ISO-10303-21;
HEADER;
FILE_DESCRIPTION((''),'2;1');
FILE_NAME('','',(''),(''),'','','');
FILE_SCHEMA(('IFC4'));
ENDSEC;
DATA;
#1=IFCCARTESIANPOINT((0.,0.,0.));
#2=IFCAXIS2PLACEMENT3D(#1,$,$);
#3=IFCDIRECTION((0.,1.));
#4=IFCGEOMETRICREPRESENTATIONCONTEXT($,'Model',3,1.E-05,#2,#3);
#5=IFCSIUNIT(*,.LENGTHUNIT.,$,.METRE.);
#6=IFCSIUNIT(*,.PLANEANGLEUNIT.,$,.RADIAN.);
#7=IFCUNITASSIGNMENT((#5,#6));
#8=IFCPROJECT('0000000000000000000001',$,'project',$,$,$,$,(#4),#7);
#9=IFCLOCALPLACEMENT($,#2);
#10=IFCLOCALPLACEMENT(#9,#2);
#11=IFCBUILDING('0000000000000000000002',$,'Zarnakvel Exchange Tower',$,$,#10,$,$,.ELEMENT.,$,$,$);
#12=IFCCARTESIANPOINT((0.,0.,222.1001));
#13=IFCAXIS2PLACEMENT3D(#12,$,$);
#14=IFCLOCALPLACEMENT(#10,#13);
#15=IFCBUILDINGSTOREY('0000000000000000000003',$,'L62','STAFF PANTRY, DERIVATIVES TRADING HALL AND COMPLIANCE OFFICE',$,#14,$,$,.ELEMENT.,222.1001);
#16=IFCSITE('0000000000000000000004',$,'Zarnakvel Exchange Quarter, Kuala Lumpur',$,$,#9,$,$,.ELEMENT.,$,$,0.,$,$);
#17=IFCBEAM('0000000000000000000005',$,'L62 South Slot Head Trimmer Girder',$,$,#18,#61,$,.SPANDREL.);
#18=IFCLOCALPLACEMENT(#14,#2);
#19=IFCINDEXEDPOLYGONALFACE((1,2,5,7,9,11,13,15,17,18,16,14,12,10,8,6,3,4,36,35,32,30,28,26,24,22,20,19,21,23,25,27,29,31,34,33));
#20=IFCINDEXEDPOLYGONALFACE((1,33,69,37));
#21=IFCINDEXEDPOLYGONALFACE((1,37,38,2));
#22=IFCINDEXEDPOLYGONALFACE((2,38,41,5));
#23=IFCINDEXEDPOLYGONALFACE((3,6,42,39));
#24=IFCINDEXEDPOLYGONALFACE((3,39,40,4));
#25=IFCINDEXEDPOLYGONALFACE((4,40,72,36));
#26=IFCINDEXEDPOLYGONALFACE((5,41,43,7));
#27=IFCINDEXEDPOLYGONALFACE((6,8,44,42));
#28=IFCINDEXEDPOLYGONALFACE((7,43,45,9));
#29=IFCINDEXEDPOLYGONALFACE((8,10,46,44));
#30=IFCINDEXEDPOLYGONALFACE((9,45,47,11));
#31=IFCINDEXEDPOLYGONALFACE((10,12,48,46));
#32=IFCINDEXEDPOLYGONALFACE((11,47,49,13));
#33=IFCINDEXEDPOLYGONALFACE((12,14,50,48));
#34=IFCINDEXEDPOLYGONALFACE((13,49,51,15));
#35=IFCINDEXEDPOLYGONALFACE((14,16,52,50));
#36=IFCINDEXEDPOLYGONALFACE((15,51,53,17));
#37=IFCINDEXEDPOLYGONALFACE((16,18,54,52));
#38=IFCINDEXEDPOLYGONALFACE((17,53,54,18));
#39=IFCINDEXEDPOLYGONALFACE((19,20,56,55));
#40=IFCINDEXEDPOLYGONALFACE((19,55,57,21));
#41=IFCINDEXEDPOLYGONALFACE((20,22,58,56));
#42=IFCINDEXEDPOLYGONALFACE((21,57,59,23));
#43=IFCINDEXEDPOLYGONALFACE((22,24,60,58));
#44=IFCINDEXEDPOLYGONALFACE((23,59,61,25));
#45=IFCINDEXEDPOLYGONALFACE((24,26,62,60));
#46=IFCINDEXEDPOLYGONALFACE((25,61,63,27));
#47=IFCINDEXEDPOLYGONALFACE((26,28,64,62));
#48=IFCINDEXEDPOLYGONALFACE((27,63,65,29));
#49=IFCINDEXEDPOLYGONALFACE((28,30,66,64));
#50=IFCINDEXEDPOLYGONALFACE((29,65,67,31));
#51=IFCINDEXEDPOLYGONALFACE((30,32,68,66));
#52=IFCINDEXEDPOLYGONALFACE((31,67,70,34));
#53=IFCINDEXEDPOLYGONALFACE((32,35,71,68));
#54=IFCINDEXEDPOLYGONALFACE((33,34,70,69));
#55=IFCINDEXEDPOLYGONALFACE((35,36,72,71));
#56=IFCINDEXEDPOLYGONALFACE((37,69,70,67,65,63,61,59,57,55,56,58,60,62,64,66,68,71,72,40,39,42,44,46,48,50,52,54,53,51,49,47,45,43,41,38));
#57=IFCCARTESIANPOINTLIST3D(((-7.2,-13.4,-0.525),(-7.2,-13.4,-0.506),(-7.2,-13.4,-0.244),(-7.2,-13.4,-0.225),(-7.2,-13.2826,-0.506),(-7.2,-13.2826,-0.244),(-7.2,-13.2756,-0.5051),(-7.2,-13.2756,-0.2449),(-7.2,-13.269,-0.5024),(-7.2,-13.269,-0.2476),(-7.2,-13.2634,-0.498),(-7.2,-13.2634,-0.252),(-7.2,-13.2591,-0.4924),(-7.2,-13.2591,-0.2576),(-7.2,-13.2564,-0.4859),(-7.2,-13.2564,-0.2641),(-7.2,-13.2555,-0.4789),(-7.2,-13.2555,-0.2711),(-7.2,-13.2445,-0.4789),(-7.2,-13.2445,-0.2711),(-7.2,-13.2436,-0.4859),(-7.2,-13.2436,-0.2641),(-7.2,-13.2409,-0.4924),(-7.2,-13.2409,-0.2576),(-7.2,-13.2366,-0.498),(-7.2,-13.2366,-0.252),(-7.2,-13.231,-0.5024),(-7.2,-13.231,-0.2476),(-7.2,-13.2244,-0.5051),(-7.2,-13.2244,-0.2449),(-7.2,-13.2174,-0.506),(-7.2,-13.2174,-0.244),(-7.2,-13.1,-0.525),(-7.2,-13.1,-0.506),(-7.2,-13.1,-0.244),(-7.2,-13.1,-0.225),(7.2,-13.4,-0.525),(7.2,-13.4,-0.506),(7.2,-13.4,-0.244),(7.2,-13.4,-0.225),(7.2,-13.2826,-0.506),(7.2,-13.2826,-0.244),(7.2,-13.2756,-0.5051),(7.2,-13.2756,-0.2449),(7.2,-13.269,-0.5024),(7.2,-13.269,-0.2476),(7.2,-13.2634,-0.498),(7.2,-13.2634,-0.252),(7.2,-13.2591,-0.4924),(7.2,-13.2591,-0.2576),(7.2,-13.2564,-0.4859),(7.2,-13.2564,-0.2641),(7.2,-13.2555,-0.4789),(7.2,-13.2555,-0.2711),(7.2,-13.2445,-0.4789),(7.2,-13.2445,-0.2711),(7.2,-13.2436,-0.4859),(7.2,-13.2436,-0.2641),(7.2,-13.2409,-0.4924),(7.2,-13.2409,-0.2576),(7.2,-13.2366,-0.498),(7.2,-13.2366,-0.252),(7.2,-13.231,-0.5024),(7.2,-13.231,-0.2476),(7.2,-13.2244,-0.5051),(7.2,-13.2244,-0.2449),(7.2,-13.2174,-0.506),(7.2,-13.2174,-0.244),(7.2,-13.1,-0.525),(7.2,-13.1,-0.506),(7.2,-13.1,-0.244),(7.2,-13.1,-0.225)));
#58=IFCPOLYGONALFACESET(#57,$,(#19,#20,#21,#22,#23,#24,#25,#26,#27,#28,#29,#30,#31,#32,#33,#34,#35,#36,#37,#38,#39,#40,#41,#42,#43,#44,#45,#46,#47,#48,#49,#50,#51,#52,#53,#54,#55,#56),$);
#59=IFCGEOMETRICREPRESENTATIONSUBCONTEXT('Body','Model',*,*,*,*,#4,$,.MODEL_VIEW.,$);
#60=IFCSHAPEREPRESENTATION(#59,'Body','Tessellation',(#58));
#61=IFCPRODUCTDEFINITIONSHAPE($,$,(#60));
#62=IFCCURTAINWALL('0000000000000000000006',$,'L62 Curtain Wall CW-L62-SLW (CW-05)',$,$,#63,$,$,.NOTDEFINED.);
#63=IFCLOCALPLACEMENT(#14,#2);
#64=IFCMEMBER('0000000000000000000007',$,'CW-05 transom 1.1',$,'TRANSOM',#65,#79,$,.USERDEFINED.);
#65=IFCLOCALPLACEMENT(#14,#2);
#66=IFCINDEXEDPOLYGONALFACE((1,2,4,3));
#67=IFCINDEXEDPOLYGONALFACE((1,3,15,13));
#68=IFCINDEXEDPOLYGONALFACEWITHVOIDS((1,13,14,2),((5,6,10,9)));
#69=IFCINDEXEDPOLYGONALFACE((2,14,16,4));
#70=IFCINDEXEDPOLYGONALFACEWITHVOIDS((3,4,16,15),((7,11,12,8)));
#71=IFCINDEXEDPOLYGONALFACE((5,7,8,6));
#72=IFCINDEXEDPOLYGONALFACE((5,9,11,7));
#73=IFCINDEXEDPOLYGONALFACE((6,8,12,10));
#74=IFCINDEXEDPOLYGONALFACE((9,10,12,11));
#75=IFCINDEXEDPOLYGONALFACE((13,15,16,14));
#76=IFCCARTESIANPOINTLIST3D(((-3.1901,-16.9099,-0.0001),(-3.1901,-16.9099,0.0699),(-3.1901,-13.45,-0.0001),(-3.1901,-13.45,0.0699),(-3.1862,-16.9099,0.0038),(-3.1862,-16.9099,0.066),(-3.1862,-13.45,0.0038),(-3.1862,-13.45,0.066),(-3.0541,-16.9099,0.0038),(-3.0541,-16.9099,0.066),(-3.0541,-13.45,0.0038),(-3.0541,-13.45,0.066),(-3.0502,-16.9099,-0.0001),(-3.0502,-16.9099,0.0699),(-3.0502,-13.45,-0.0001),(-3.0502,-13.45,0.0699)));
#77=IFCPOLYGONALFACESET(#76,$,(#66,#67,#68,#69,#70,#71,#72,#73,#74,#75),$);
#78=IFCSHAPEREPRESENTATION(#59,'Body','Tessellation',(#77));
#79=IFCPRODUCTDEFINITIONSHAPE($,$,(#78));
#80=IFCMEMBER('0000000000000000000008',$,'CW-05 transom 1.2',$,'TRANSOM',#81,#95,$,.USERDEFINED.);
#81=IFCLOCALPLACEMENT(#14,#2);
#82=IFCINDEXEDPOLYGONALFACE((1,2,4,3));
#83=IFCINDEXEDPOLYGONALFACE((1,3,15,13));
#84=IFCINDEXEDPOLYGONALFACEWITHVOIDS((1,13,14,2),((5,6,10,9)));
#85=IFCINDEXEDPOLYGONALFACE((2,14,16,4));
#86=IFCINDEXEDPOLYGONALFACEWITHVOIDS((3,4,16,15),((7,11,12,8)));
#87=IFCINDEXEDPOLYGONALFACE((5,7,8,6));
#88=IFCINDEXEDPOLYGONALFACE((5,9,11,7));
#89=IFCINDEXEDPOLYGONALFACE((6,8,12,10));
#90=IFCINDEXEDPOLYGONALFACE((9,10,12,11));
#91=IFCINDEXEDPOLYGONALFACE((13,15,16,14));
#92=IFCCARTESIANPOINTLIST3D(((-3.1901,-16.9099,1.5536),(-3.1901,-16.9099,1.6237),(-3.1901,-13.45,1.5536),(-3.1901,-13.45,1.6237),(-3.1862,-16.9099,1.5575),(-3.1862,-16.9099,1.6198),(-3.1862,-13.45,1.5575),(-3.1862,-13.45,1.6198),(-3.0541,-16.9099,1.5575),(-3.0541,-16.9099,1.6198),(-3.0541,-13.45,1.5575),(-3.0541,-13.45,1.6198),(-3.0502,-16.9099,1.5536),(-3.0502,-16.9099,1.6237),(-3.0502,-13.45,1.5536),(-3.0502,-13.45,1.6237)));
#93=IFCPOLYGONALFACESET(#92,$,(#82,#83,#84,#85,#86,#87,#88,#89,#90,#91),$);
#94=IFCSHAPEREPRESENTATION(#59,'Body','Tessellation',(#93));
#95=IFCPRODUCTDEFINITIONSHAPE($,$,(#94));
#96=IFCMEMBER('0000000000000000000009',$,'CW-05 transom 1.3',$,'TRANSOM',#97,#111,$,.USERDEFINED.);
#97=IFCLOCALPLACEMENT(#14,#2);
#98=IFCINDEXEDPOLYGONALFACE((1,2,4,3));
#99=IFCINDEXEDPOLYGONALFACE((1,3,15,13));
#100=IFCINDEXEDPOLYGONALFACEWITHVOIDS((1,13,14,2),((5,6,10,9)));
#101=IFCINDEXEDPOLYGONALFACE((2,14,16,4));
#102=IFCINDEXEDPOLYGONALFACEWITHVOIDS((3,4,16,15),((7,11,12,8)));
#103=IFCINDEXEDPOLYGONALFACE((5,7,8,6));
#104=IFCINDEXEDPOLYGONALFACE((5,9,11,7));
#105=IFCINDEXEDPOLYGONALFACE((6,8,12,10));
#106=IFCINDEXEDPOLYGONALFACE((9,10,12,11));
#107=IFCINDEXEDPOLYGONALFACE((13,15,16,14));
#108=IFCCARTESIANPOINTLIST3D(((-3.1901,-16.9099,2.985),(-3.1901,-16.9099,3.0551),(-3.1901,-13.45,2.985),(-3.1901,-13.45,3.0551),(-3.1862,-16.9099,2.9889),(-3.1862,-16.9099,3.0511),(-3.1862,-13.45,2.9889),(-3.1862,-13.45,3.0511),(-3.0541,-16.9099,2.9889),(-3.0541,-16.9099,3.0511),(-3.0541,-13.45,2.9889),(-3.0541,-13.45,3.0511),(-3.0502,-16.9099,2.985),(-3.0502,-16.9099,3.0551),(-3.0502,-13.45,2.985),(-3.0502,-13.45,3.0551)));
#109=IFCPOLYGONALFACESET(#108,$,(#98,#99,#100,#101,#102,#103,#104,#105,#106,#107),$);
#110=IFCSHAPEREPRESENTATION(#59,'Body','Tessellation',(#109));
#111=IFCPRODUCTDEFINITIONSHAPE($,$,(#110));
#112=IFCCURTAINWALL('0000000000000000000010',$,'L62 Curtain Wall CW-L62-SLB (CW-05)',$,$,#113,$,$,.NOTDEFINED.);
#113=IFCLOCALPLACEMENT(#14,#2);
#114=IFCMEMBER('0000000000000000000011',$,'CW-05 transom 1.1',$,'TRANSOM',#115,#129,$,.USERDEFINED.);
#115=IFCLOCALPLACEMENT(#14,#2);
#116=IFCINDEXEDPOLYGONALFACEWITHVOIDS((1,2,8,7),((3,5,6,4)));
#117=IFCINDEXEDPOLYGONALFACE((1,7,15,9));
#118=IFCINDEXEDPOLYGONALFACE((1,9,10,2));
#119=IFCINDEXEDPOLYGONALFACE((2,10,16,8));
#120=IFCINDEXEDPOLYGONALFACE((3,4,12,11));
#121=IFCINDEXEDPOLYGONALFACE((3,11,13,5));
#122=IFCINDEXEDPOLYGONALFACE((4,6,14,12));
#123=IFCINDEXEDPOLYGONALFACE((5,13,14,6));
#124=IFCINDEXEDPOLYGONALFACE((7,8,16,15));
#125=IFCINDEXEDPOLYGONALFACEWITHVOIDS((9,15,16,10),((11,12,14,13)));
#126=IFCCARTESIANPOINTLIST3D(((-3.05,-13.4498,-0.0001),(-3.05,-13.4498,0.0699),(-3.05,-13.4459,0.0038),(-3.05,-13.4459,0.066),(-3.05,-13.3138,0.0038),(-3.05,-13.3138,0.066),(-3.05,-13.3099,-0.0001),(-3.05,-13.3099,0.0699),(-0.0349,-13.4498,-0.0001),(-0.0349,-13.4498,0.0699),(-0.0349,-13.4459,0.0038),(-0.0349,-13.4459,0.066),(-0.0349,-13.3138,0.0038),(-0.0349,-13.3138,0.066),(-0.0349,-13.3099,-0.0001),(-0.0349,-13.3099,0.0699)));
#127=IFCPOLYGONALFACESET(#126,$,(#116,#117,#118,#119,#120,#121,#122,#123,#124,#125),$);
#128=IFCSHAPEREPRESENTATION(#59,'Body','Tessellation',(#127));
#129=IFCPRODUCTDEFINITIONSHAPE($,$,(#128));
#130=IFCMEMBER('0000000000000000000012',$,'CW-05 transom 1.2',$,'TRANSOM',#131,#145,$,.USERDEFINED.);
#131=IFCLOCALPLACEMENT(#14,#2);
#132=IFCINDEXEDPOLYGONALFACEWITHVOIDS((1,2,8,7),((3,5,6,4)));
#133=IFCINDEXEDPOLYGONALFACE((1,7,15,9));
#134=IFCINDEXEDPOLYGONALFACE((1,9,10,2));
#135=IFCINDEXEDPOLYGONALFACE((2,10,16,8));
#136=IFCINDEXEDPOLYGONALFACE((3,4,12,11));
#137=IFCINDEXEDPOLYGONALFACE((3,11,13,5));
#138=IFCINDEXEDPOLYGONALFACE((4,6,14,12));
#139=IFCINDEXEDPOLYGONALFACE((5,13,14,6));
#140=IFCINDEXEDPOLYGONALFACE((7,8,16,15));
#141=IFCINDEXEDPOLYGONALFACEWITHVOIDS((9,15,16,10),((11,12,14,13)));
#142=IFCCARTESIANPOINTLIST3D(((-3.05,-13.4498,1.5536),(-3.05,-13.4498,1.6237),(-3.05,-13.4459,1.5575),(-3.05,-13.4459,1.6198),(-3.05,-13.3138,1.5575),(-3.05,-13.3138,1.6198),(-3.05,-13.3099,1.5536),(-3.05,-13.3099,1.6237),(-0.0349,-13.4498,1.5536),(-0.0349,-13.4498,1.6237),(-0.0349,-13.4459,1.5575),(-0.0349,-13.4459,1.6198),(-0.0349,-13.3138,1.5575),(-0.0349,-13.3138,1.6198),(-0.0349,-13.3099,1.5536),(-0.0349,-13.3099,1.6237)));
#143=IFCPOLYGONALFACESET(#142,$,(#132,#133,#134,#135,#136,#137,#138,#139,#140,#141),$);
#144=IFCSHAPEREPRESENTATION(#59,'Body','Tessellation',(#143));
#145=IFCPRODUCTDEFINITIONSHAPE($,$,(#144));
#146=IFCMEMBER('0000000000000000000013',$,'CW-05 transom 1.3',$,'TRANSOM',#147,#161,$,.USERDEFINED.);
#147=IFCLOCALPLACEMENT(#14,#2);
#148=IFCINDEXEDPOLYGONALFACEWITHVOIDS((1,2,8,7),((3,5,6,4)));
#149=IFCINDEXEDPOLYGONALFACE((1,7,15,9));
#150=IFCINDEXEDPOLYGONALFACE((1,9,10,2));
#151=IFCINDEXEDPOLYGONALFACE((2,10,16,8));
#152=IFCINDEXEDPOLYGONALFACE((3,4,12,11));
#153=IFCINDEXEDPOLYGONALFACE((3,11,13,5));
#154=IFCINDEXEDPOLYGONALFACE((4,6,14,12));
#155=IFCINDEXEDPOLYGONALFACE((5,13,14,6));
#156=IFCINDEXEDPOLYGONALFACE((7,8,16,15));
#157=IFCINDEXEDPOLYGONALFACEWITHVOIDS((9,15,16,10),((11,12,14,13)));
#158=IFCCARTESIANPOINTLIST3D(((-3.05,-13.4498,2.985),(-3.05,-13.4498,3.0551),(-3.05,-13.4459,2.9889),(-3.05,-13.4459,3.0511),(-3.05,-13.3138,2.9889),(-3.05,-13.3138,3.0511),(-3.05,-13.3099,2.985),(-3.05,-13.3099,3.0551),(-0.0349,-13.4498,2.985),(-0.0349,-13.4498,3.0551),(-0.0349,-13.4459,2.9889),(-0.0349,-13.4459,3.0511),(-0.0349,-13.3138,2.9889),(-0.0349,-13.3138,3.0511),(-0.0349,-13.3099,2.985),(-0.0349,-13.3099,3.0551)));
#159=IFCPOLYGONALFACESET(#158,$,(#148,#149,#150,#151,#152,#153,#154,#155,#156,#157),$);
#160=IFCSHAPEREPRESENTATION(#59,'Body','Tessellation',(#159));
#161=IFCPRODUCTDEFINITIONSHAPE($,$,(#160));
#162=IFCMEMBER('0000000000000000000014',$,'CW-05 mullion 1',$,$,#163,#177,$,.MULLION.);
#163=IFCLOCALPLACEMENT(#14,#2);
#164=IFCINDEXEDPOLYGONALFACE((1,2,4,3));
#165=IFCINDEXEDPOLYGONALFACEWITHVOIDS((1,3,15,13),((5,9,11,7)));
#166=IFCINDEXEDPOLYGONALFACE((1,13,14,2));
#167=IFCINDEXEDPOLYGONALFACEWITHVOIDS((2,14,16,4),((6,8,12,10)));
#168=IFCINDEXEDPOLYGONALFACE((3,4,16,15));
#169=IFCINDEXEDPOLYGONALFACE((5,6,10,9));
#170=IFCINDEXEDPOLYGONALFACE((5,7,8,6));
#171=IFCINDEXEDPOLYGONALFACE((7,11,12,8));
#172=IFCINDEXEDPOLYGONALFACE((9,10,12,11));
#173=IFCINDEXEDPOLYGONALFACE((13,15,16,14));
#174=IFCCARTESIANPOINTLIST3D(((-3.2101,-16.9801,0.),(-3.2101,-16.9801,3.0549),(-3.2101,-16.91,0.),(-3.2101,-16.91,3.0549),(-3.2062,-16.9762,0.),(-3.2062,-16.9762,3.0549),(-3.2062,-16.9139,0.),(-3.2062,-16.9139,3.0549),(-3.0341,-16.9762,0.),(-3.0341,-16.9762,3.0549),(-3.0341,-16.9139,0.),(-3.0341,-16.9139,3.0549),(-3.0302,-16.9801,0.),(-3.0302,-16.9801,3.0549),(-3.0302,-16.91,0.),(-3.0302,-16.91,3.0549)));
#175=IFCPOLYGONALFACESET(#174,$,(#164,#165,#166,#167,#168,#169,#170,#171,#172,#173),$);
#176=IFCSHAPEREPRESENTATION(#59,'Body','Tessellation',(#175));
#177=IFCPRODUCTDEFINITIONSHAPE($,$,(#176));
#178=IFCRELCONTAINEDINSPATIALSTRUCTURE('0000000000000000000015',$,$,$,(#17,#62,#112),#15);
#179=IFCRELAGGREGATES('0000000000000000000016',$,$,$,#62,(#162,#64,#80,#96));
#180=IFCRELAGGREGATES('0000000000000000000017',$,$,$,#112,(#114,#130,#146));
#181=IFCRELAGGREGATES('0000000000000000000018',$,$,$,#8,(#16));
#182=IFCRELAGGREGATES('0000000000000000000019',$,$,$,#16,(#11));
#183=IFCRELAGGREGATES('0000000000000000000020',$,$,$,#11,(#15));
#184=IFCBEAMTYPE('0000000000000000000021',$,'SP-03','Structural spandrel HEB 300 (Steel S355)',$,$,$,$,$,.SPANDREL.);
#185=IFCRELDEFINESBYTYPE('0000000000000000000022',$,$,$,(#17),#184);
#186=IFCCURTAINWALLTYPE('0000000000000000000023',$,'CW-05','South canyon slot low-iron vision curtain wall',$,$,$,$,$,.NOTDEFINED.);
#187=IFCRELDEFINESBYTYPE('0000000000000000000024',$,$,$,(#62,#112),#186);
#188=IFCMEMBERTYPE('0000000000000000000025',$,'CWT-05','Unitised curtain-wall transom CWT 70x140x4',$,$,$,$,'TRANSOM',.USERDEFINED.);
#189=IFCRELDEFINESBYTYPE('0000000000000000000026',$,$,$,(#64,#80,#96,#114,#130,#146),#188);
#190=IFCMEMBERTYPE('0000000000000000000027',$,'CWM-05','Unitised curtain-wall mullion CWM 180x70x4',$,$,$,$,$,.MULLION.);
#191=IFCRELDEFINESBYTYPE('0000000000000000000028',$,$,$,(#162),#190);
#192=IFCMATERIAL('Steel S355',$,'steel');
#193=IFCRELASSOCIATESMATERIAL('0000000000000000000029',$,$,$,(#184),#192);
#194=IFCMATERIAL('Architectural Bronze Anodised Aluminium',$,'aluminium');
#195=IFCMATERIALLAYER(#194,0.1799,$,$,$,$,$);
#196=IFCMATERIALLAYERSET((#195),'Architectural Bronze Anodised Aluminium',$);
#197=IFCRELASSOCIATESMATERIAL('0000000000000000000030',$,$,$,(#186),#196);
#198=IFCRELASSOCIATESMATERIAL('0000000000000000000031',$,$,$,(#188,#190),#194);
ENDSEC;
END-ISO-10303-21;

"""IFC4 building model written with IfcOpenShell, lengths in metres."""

from ifc_helpers import new_model, si_unit, direction, frame, origin, origin_2d, place, context, subcontext, project, spatial, hollow_rectangle, i_section, extrude, source, transform, mapped, material, layer, layer_set, material_profile, profile_set, type_object, element, aggregate, save


model = new_model("IFC4")

# Units and contexts
model_context = context("Model", 3, precision=1e-05, world=origin(), true_north=direction((0.0, 1.0)))
body_context = subcontext(model_context, "Body", "Model", "MODEL_VIEW")
ifc_project = project(units=[si_unit("LENGTHUNIT", "METRE"), si_unit("PLANEANGLEUNIT", "RADIAN")], contexts=[model_context])

# Site, building, storey
site_placement = place(None, origin())
site = spatial("IfcSite", under=ifc_project, at=site_placement, Name="Zarnakvel Exchange Quarter, Kuala Lumpur", CompositionType="ELEMENT", RefElevation=0.0)
building_placement = place(site_placement, origin())
building = spatial("IfcBuilding", under=site, at=building_placement, Name="Zarnakvel Exchange Tower", CompositionType="ELEMENT")
storey_placement = place(building_placement, frame((0.0, 0.0, 222.1001)))
storey = spatial("IfcBuildingStorey", under=building, at=storey_placement, Name="L62", Description="STAFF PANTRY, DERIVATIVES TRADING HALL AND COMPLIANCE OFFICE", CompositionType="ELEMENT", Elevation=222.1001)

# Beam
ifc_material_1 = material(Name="Steel S355", Category="steel")
ifc_material_profile_1 = material_profile(ifc_material_1, i_section(OverallWidth=0.3, OverallDepth=0.3, WebThickness=0.011, FlangeThickness=0.019, FilletRadius=0.0271, at=origin_2d()))
ifc_profile_set_1 = profile_set([ifc_material_profile_1], Name="Steel S355")
beam_type_1 = type_object("IfcBeamType", Name="SP-03", Description="Structural spandrel HEB 300 (Steel S355)", PredefinedType="SPANDREL", material=ifc_profile_set_1)
beam_1_placement = place(storey_placement, frame((-7.2, -13.25, -0.375), z_axis=(1.0, 0.0, 0.0), x_axis=(0.0, 1.0, 0.0)))
element("IfcBeam", 1, at=beam_1_placement, inside=storey, type_object=beam_type_1, Name="L62 South Slot Head Trimmer Girder", PredefinedType="SPANDREL", context=body_context, shape_type="SweptSolid", body=[
    extrude(i_section(OverallWidth=0.3, OverallDepth=0.3, WebThickness=0.011, FlangeThickness=0.019, FilletRadius=0.0271, at=origin_2d()), origin(), (0.0, 0.0, 1.0), 14.3999),
])

# Curtain walls, members
ifc_material_2 = material(Name="Architectural Bronze Anodised Aluminium", Category="aluminium")
ifc_layer_1 = layer(ifc_material_2, 0.1799)
ifc_layer_set_1 = layer_set([ifc_layer_1], Name="Architectural Bronze Anodised Aluminium")
curtain_wall_type = type_object("IfcCurtainWallType", Name="CW-05", Description="South canyon slot low-iron vision curtain wall", PredefinedType="NOTDEFINED", material=ifc_layer_set_1)
curtain_wall_1_placement = place(storey_placement, origin())
curtain_wall_1 = element("IfcCurtainWall", 2, at=curtain_wall_1_placement, inside=storey, type_object=curtain_wall_type, Name="L62 Curtain Wall CW-L62-SLW (CW-05)", PredefinedType="NOTDEFINED")
ifc_material_profile_2 = material_profile(ifc_material_2, hollow_rectangle(XDim=0.1399, YDim=0.0701, WallThickness=0.0039, at=origin_2d()))
ifc_profile_set_2 = profile_set([ifc_material_profile_2], Name="Architectural Bronze Anodised Aluminium")
member_type_1 = type_object("IfcMemberType", Name="CWT-05", Description="Unitised curtain-wall transom CWT 70x140x4", ElementType="TRANSOM", PredefinedType="USERDEFINED", material=ifc_profile_set_2)
shared_shape_1 = source(origin(), body_context, "Body", "SweptSolid", [
    extrude(hollow_rectangle(XDim=0.1399, YDim=0.0701, WallThickness=0.0039, at=origin_2d()), origin(), (0.0, 0.0, 1.0), 3.46),
])
member_1_placement = place(storey_placement, frame((-3.1201, -16.9099, 0.0349), z_axis=(0.0, 1.0, 0.0), x_axis=(-1.0, 0.0, 0.0)))
member_1 = element("IfcMember", 3, at=member_1_placement, type_object=member_type_1, Name="CW-05 transom 1.1", ObjectType="TRANSOM", PredefinedType="USERDEFINED", context=body_context, shape_type="MappedRepresentation", body=[
    mapped(shared_shape_1, transform((0.0, 0.0, 0.0), x_axis=(1.0, 0.0, 0.0), y_axis=(0.0, 1.0, 0.0), z_axis=(0.0, 0.0, 1.0), scale=1.0)),
])
member_2_placement = place(storey_placement, frame((-3.1201, -16.9099, 1.5886), z_axis=(0.0, 1.0, 0.0), x_axis=(-1.0, 0.0, 0.0)))
member_2 = element("IfcMember", 4, at=member_2_placement, type_object=member_type_1, Name="CW-05 transom 1.2", ObjectType="TRANSOM", PredefinedType="USERDEFINED", context=body_context, shape_type="MappedRepresentation", body=[
    mapped(shared_shape_1, transform((0.0, 0.0, 0.0), x_axis=(1.0, 0.0, 0.0), y_axis=(0.0, 1.0, 0.0), z_axis=(0.0, 0.0, 1.0), scale=1.0)),
])
member_3_placement = place(storey_placement, frame((-3.1201, -16.9099, 3.02), z_axis=(0.0, 1.0, 0.0), x_axis=(-1.0, 0.0, 0.0)))
member_3 = element("IfcMember", 5, at=member_3_placement, type_object=member_type_1, Name="CW-05 transom 1.3", ObjectType="TRANSOM", PredefinedType="USERDEFINED", context=body_context, shape_type="MappedRepresentation", body=[
    mapped(shared_shape_1, transform((0.0, 0.0, 0.0), x_axis=(1.0, 0.0, 0.0), y_axis=(0.0, 1.0, 0.0), z_axis=(0.0, 0.0, 1.0), scale=1.0)),
])
curtain_wall_2_placement = place(storey_placement, origin())
curtain_wall_2 = element("IfcCurtainWall", 6, at=curtain_wall_2_placement, inside=storey, type_object=curtain_wall_type, Name="L62 Curtain Wall CW-L62-SLB (CW-05)", PredefinedType="NOTDEFINED")
shared_shape_2 = source(origin(), body_context, "Body", "SweptSolid", [
    extrude(hollow_rectangle(XDim=0.1399, YDim=0.0701, WallThickness=0.0039, at=origin_2d()), origin(), (0.0, 0.0, 1.0), 3.0151),
])
member_4_placement = place(storey_placement, frame((-3.05, -13.3799, 0.0349), z_axis=(1.0, 0.0, 0.0), x_axis=(0.0, 1.0, 0.0)))
member_4 = element("IfcMember", 7, at=member_4_placement, type_object=member_type_1, Name="CW-05 transom 1.1", ObjectType="TRANSOM", PredefinedType="USERDEFINED", context=body_context, shape_type="MappedRepresentation", body=[
    mapped(shared_shape_2, transform((0.0, 0.0, 0.0), x_axis=(1.0, 0.0, 0.0), y_axis=(0.0, 1.0, 0.0), z_axis=(0.0, 0.0, 1.0), scale=1.0)),
])
member_5_placement = place(storey_placement, frame((-3.05, -13.3799, 1.5886), z_axis=(1.0, 0.0, 0.0), x_axis=(0.0, 1.0, 0.0)))
member_5 = element("IfcMember", 8, at=member_5_placement, type_object=member_type_1, Name="CW-05 transom 1.2", ObjectType="TRANSOM", PredefinedType="USERDEFINED", context=body_context, shape_type="MappedRepresentation", body=[
    mapped(shared_shape_2, transform((0.0, 0.0, 0.0), x_axis=(1.0, 0.0, 0.0), y_axis=(0.0, 1.0, 0.0), z_axis=(0.0, 0.0, 1.0), scale=1.0)),
])
member_6_placement = place(storey_placement, frame((-3.05, -13.3799, 3.02), z_axis=(1.0, 0.0, 0.0), x_axis=(0.0, 1.0, 0.0)))
member_6 = element("IfcMember", 9, at=member_6_placement, type_object=member_type_1, Name="CW-05 transom 1.3", ObjectType="TRANSOM", PredefinedType="USERDEFINED", context=body_context, shape_type="MappedRepresentation", body=[
    mapped(shared_shape_2, transform((0.0, 0.0, 0.0), x_axis=(1.0, 0.0, 0.0), y_axis=(0.0, 1.0, 0.0), z_axis=(0.0, 0.0, 1.0), scale=1.0)),
])

# Member
ifc_material_profile_3 = material_profile(ifc_material_2, hollow_rectangle(XDim=0.1799, YDim=0.0701, WallThickness=0.0039, at=origin_2d()))
ifc_profile_set_3 = profile_set([ifc_material_profile_3], Name="Architectural Bronze Anodised Aluminium")
member_type_2 = type_object("IfcMemberType", Name="CWM-05", Description="Unitised curtain-wall mullion CWM 180x70x4", PredefinedType="MULLION", material=ifc_profile_set_3)
shared_shape_3 = source(origin(), body_context, "Body", "SweptSolid", [
    extrude(hollow_rectangle(XDim=0.1799, YDim=0.0701, WallThickness=0.0039, at=origin_2d()), origin(), (0.0, 0.0, 1.0), 3.0549),
])
member_7_placement = place(storey_placement, frame((-3.1201, -16.9451, 0.0), z_axis=(0.0, 0.0, 1.0), x_axis=(-1.0, 0.0, 0.0)))
member_7 = element("IfcMember", 10, at=member_7_placement, type_object=member_type_2, Name="CW-05 mullion 1", PredefinedType="MULLION", context=body_context, shape_type="MappedRepresentation", body=[
    mapped(shared_shape_3, transform((0.0, 0.0, 0.0), x_axis=(1.0, 0.0, 0.0), y_axis=(0.0, 1.0, 0.0), z_axis=(0.0, 0.0, 1.0), scale=1.0)),
])

aggregate(curtain_wall_1, [member_7, member_1, member_2, member_3])
aggregate(curtain_wall_2, [member_4, member_5, member_6])

save(model, "model.ifc")
